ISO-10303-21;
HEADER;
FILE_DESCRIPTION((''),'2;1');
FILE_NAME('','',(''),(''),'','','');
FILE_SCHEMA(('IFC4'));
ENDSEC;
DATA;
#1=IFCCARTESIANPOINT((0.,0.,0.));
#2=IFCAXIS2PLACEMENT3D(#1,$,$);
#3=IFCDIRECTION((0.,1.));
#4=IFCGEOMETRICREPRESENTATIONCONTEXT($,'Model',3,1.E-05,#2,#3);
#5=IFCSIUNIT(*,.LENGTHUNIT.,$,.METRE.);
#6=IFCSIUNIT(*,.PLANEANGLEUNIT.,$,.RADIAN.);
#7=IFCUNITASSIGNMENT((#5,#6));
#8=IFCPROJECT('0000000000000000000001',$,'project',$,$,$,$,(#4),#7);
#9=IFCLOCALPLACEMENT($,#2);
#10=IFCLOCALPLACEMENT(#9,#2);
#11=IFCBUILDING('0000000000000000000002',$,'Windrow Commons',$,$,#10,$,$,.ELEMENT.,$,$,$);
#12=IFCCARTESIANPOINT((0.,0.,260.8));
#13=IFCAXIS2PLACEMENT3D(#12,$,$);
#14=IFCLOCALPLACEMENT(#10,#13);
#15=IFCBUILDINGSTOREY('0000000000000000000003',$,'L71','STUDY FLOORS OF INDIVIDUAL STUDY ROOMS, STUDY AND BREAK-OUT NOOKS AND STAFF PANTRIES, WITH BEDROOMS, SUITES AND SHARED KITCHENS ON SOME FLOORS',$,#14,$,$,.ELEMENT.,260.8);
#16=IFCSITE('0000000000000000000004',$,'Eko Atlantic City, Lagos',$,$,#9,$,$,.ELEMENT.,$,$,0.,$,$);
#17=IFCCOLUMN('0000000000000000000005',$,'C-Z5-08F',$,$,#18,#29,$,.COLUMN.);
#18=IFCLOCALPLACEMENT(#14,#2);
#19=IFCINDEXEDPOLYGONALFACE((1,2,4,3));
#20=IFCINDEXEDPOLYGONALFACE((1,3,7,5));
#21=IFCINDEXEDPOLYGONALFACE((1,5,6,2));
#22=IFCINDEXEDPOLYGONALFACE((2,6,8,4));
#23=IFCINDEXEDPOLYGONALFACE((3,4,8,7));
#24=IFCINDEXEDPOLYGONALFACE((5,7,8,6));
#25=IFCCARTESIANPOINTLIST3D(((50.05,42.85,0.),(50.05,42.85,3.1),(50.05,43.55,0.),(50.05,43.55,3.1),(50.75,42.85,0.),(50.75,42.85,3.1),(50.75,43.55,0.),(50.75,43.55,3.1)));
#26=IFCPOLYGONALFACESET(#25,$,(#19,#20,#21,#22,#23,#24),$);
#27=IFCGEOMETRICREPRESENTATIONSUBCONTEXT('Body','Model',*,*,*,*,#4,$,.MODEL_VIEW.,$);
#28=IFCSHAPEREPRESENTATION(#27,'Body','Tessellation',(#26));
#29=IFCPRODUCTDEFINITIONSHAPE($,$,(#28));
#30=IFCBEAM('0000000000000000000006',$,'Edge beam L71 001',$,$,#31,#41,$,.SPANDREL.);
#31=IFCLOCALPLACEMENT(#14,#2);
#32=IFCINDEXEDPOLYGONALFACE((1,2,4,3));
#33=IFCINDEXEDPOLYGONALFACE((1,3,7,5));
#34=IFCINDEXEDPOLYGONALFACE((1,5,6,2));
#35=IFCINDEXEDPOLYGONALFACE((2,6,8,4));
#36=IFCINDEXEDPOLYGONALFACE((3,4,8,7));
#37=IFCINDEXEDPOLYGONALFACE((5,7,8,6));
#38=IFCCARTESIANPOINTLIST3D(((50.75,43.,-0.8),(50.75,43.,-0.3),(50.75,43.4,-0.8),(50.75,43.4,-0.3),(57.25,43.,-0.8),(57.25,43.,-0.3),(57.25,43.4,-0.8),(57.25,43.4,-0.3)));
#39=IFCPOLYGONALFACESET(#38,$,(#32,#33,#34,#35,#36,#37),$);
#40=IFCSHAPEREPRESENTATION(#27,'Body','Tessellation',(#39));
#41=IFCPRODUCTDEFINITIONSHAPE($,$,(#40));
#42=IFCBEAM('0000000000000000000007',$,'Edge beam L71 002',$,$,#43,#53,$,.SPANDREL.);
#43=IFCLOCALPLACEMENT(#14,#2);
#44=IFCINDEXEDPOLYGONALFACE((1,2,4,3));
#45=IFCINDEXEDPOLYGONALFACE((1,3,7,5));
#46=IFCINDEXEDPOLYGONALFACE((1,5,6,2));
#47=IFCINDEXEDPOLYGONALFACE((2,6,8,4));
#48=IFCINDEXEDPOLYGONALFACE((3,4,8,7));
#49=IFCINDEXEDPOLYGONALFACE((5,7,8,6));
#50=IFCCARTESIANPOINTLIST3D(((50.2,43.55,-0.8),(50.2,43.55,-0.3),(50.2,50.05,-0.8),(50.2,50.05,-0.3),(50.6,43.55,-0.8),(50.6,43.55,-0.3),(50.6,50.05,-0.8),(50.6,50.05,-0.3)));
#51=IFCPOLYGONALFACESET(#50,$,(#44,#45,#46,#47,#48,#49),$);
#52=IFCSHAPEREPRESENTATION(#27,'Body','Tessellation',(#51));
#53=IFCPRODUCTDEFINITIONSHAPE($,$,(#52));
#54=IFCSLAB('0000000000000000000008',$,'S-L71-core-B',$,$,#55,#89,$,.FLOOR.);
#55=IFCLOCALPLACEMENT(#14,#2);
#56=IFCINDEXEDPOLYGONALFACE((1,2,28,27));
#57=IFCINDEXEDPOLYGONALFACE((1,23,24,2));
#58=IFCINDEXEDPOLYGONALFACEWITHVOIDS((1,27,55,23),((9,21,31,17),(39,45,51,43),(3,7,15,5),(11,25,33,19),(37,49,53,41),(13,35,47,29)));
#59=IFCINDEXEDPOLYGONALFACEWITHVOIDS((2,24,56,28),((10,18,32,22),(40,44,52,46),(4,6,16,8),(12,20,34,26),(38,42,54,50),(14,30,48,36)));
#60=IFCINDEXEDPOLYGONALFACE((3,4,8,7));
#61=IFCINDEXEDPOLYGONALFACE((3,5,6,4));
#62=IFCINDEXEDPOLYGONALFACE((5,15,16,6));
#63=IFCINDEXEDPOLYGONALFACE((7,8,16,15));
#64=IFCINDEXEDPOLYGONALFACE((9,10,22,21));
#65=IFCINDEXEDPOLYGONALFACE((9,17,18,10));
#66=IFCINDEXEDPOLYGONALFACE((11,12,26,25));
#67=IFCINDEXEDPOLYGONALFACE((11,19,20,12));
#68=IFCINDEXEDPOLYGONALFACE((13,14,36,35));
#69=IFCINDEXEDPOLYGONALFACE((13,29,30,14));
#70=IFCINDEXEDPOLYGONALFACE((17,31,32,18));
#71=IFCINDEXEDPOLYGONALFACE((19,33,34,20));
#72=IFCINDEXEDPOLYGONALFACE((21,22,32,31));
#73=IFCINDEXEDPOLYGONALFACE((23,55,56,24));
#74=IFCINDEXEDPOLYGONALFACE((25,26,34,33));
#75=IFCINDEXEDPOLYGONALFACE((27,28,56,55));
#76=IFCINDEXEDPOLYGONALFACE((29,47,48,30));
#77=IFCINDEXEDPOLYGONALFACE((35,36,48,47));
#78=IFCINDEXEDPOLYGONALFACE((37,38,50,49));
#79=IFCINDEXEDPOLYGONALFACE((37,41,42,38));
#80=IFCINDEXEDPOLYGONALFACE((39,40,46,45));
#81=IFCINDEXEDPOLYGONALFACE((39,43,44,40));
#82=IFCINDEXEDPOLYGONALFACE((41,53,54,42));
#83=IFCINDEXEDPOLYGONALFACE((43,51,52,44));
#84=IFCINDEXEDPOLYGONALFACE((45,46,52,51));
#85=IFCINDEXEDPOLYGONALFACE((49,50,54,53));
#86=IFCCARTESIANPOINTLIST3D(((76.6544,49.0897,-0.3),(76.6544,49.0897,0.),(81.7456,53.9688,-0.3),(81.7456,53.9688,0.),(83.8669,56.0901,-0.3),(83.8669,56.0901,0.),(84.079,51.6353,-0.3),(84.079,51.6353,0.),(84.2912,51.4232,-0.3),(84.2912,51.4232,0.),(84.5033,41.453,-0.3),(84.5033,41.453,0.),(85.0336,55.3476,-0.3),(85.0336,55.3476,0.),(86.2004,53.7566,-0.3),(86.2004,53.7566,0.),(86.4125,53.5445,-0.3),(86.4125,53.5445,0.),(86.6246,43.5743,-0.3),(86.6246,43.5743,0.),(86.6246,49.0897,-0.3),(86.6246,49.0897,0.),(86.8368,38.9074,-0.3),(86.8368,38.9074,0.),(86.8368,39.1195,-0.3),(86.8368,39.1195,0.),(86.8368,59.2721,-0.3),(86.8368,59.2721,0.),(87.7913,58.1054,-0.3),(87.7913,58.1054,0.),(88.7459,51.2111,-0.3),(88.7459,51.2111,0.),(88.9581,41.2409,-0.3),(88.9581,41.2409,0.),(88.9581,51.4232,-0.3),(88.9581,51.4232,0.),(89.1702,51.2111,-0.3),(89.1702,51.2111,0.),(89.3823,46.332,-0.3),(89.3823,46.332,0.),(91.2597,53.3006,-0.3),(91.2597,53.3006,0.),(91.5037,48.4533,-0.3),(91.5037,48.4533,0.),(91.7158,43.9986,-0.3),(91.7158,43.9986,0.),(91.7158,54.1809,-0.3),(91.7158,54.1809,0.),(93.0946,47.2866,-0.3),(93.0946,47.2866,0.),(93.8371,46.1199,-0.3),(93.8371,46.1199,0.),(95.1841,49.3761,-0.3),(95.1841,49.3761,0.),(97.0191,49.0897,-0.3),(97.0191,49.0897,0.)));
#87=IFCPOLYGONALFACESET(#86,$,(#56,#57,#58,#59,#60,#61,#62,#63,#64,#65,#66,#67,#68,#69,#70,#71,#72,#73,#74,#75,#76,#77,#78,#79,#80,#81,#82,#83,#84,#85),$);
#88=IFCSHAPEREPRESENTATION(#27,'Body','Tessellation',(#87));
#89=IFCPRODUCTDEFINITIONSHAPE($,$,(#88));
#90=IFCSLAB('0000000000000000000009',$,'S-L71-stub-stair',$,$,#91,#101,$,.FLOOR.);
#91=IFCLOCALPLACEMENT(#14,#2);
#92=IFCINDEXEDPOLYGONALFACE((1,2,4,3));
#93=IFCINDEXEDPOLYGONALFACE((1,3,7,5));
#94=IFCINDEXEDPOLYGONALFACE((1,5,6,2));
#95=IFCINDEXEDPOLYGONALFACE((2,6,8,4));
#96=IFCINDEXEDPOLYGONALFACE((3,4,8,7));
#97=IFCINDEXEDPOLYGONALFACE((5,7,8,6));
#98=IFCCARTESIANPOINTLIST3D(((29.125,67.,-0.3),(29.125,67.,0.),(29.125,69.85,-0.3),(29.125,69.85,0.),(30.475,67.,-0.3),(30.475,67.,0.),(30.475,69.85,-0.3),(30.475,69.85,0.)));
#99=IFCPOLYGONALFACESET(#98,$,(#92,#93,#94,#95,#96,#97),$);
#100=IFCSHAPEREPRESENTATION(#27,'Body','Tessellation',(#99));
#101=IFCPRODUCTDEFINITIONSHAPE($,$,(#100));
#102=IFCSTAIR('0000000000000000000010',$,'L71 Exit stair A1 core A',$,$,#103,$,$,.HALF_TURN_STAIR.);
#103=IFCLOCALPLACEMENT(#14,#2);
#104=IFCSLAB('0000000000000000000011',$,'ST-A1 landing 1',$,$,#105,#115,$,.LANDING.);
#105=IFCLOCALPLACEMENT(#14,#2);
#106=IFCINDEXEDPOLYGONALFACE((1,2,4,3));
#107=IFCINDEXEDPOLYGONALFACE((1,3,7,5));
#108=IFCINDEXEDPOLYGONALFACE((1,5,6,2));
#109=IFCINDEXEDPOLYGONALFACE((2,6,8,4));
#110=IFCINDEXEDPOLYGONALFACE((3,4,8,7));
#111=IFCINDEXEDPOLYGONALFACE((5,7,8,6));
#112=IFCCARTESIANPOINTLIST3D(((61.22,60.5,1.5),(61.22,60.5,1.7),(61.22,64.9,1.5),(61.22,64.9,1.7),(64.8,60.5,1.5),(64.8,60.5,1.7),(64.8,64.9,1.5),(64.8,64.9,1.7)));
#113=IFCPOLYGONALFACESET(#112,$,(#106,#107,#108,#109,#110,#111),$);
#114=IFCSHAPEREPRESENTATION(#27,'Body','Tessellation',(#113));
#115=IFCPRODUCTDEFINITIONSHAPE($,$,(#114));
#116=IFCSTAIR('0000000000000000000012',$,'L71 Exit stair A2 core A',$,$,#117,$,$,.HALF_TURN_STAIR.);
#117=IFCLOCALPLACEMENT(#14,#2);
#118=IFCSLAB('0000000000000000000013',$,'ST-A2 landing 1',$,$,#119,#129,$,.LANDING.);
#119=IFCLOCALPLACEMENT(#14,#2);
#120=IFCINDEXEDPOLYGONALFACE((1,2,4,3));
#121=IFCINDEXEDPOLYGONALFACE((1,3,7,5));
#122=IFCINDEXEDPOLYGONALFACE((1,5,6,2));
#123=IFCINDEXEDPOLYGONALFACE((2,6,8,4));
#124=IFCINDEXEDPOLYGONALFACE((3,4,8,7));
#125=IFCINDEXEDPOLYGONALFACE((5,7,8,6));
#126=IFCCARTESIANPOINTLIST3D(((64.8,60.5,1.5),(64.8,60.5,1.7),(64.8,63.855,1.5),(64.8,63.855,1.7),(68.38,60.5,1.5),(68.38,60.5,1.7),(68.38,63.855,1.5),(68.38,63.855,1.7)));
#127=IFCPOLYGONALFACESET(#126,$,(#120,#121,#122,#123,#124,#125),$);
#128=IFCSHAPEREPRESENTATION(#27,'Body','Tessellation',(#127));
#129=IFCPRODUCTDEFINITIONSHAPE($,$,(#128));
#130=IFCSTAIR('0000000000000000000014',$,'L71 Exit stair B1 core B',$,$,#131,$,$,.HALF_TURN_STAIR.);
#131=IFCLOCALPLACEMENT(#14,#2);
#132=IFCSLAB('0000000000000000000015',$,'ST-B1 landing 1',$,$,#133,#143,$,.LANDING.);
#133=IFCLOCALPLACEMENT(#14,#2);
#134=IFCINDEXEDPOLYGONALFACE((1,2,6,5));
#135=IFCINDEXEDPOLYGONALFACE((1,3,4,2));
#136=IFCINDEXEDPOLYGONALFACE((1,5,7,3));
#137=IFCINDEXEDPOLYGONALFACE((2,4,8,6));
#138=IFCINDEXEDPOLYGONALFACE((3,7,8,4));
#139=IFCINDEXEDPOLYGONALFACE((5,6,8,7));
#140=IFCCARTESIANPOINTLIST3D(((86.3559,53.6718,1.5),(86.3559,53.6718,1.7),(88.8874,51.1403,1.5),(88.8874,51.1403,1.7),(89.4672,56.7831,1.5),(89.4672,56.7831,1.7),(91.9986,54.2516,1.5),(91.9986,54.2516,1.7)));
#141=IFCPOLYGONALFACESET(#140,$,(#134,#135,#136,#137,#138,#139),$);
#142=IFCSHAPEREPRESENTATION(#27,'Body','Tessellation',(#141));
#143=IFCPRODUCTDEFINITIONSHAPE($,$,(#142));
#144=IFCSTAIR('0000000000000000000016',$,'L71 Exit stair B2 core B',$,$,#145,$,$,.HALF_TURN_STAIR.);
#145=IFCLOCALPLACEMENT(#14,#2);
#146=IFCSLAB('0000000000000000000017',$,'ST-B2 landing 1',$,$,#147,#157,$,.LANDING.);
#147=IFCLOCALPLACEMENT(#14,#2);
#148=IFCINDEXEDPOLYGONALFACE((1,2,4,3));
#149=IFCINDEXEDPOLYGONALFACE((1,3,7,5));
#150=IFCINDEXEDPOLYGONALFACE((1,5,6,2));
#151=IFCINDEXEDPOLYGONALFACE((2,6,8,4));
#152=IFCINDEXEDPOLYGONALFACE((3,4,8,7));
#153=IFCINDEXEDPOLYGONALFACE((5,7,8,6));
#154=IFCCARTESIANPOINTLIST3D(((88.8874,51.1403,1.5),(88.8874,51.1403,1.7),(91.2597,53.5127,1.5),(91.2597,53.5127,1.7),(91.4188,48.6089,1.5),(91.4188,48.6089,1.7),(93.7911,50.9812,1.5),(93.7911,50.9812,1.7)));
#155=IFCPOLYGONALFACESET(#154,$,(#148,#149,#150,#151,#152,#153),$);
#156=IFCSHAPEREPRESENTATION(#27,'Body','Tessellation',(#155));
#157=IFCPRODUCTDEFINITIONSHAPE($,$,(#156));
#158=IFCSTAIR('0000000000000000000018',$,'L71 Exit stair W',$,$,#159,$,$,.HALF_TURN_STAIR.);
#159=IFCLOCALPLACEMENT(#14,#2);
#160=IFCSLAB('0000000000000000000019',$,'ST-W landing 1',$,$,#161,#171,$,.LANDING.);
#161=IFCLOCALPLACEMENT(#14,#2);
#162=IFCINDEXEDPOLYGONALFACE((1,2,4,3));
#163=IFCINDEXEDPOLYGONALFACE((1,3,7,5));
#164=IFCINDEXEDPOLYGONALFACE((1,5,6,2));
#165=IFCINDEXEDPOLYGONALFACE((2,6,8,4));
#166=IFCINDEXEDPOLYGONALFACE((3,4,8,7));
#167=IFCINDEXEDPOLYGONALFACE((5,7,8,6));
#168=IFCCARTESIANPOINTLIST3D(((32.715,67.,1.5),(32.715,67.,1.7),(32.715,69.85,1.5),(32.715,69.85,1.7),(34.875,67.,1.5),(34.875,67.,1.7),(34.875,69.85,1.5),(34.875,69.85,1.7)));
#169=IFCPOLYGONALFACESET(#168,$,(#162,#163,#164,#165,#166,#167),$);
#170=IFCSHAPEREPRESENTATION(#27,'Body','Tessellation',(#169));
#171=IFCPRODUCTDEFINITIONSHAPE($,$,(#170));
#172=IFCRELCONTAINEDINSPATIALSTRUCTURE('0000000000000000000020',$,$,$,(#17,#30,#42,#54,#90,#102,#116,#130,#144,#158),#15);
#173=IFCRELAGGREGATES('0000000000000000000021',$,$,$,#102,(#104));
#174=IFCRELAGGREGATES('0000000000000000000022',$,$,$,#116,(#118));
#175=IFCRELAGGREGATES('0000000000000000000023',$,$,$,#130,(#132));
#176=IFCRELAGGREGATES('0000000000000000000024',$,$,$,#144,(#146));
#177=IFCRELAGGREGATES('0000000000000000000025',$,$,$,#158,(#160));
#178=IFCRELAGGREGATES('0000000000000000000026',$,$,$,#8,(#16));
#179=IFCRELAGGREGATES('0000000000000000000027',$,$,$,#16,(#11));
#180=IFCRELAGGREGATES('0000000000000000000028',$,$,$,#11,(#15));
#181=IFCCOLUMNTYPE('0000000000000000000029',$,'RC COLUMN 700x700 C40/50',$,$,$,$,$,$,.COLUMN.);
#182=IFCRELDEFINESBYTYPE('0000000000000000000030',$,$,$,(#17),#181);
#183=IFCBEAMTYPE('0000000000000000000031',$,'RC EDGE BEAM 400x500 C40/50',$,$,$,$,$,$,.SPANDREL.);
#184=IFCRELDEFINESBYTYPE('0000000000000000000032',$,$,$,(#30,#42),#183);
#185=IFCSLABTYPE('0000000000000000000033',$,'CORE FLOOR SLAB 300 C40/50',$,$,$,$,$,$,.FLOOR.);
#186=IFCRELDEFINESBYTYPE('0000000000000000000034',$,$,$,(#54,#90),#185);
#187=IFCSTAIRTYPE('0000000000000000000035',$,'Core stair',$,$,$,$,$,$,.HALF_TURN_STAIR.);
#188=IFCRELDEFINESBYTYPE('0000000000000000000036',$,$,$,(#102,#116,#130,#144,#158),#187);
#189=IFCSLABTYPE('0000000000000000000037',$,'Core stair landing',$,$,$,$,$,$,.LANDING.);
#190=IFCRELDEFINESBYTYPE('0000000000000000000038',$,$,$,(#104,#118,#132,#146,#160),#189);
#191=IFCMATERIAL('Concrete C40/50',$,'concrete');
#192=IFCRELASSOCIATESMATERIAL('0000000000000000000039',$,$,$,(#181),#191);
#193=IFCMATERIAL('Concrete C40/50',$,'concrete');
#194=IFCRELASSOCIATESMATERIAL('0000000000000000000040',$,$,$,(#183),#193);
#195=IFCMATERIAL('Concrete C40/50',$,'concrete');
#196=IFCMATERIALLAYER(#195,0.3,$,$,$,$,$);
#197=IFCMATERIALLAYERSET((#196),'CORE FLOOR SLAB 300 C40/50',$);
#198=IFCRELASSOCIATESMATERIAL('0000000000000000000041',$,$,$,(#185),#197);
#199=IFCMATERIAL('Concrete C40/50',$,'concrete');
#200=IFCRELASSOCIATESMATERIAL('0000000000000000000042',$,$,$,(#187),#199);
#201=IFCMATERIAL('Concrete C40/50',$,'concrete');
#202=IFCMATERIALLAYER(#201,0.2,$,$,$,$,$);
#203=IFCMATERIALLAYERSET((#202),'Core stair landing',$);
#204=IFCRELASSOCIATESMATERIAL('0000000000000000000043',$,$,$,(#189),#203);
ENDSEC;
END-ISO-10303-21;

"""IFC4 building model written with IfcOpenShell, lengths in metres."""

from ifc_helpers import new_model, si_unit, direction, frame, origin, origin_2d, place, context, subcontext, project, spatial, polyline, rectangle, outline, extrude, material, layer, layer_set, material_profile, profile_set, type_object, element, aggregate, save


model = new_model("IFC4")

# Units and contexts
model_context = context("Model", 3, precision=1e-05, world=origin(), true_north=direction((0.0, 1.0)))
body_context = subcontext(model_context, "Body", "Model", "MODEL_VIEW")
ifc_project = project(units=[si_unit("LENGTHUNIT", "METRE"), si_unit("PLANEANGLEUNIT", "RADIAN")], contexts=[model_context])

# Site, building, storey
site_placement = place(None, origin())
site = spatial("IfcSite", under=ifc_project, at=site_placement, Name="Eko Atlantic City, Lagos", CompositionType="ELEMENT", RefElevation=0.0)
building_placement = place(site_placement, origin())
building = spatial("IfcBuilding", under=site, at=building_placement, Name="Windrow Commons", CompositionType="ELEMENT")
storey_placement = place(building_placement, frame((0.0, 0.0, 260.8)))
storey = spatial("IfcBuildingStorey", under=building, at=storey_placement, Name="L71", Description="STUDY FLOORS OF INDIVIDUAL STUDY ROOMS, STUDY AND BREAK-OUT NOOKS AND STAFF PANTRIES, WITH BEDROOMS, SUITES AND SHARED KITCHENS ON SOME FLOORS", CompositionType="ELEMENT", Elevation=260.8)

# Column
ifc_material_1 = material(Name="Concrete C40/50", Category="concrete")
ifc_material_profile_1 = material_profile(ifc_material_1, rectangle(XDim=0.7, YDim=0.7, at=origin_2d()))
ifc_profile_set_1 = profile_set([ifc_material_profile_1], Name="Concrete C40/50")
column_type = type_object("IfcColumnType", Name="RC COLUMN 700x700 C40/50", PredefinedType="COLUMN", material=ifc_profile_set_1)
column_placement = place(storey_placement, frame((50.4, 43.2, 0.0), z_axis=(0.0, 0.0, 1.0), x_axis=(1.0, 0.0, 0.0)))
element("IfcColumn", 1, at=column_placement, inside=storey, type_object=column_type, Name="C-Z5-08F", PredefinedType="COLUMN", context=body_context, shape_type="SweptSolid", body=[
    extrude(rectangle(XDim=0.7, YDim=0.7, at=origin_2d()), origin(), (0.0, 0.0, 1.0), 3.1),
])

# Beams
ifc_material_2 = material(Name="Concrete C40/50", Category="concrete")
ifc_material_profile_2 = material_profile(ifc_material_2, rectangle(XDim=0.4, YDim=0.5, at=origin_2d()))
ifc_profile_set_2 = profile_set([ifc_material_profile_2], Name="Concrete C40/50")
beam_type = type_object("IfcBeamType", Name="RC EDGE BEAM 400x500 C40/50", PredefinedType="SPANDREL", material=ifc_profile_set_2)
for number, where, z_axis, x_axis, name in (
    (2, (57.25, 43.2, -0.55), (-1.0, 0.0, 0.0), (0.0, -1.0, 0.0), "Edge beam L71 001"),
    (3, (50.4, 43.55, -0.55), (0.0, 1.0, 0.0), (-1.0, 0.0, 0.0), "Edge beam L71 002"),
):
    element("IfcBeam", number, at=place(storey_placement, frame(where, z_axis=z_axis, x_axis=x_axis)), inside=storey, type_object=beam_type, Name=name, PredefinedType="SPANDREL", context=body_context, shape_type="SweptSolid", body=[
        extrude(rectangle(XDim=0.4, YDim=0.5, at=origin_2d()), origin(), (0.0, 0.0, 1.0), 6.5),
    ])

# Slab, openings
ifc_material_3 = material(Name="Concrete C40/50", Category="concrete")
ifc_layer_1 = layer(ifc_material_3, 0.3)
ifc_layer_set_1 = layer_set([ifc_layer_1], Name="CORE FLOOR SLAB 300 C40/50")
slab_type_1 = type_object("IfcSlabType", Name="CORE FLOOR SLAB 300 C40/50", PredefinedType="FLOOR", material=ifc_layer_set_1)
placement_1 = place(storey_placement, frame((0.0, 0.0, -0.3)))
slab_1 = element("IfcSlab", 4, at=placement_1, inside=storey, type_object=slab_type_1, Name="S-L71-core-B", PredefinedType="FLOOR", context=body_context, shape_type="SweptSolid", body=[
    extrude(outline(polyline([(76.6544, 49.0897), (86.8368, 38.9074), (97.0191, 49.0897), (86.8368, 59.2721), (76.6544, 49.0897)]), holes=[polyline([(84.5033, 41.453), (86.8368, 39.1195), (88.9581, 41.2409), (86.6246, 43.5743), (84.5033, 41.453)]), polyline([(81.7456, 53.9688), (84.079, 51.6353), (86.2004, 53.7566), (83.8669, 56.0901), (81.7456, 53.9688)]), polyline([(84.2912, 51.4232), (86.6246, 49.0897), (88.7459, 51.2111), (86.4125, 53.5445), (84.2912, 51.4232)]), polyline([(89.3823, 46.332), (91.7158, 43.9986), (93.8371, 46.1199), (91.5037, 48.4533), (89.3823, 46.332)]), polyline([(85.0336, 55.3476), (88.9581, 51.4232), (91.7158, 54.1809), (87.7913, 58.1054), (85.0336, 55.3476)]), polyline([(89.1702, 51.2111), (93.0946, 47.2866), (95.1841, 49.3761), (91.2597, 53.3006), (89.1702, 51.2111)])]), origin(), (0.0, 0.0, 1.0), 0.3),
])
opening_1_placement = place(placement_1, origin())
element("IfcOpeningElement", 5, at=opening_1_placement, cuts=slab_1, PredefinedType="OPENING", context=body_context, shape_type="SweptSolid", body=[
    extrude(outline(polyline([(84.5104, 41.453), (86.6246, 43.5672), (88.951, 41.2409), (86.8368, 39.1266), (84.5104, 41.453)])), origin(), (0.0, 0.0, 1.0), 0.3),
])
opening_2_placement = place(placement_1, origin())
element("IfcOpeningElement", 6, at=opening_2_placement, cuts=slab_1, PredefinedType="OPENING", context=body_context, shape_type="SweptSolid", body=[
    extrude(outline(polyline([(81.7527, 53.9688), (83.8669, 56.083), (86.1933, 53.7566), (84.079, 51.6424), (81.7527, 53.9688)])), origin(), (0.0, 0.0, 1.0), 0.3),
])
opening_3_placement = place(placement_1, origin())
element("IfcOpeningElement", 7, at=opening_3_placement, cuts=slab_1, PredefinedType="OPENING", context=body_context, shape_type="SweptSolid", body=[
    extrude(outline(polyline([(84.2983, 51.4232), (86.4125, 53.5374), (88.7388, 51.2111), (86.6246, 49.0968), (84.2983, 51.4232)])), origin(), (0.0, 0.0, 1.0), 0.3),
])
opening_4_placement = place(placement_1, origin())
element("IfcOpeningElement", 8, at=opening_4_placement, cuts=slab_1, PredefinedType="OPENING", context=body_context, shape_type="SweptSolid", body=[
    extrude(outline(polyline([(89.3894, 46.332), (91.5037, 48.4462), (93.83, 46.1199), (91.7158, 44.0057), (89.3894, 46.332)])), origin(), (0.0, 0.0, 1.0), 0.3),
])
opening_5_placement = place(placement_1, origin())
element("IfcOpeningElement", 9, at=opening_5_placement, cuts=slab_1, PredefinedType="OPENING", context=body_context, shape_type="SweptSolid", body=[
    extrude(outline(polyline([(85.0407, 55.3476), (87.7913, 58.0983), (91.7087, 54.1809), (88.9581, 51.4303), (85.0407, 55.3476)])), origin(), (0.0, 0.0, 1.0), 0.3),
])
opening_6_placement = place(placement_1, origin())
element("IfcOpeningElement", 10, at=opening_6_placement, cuts=slab_1, PredefinedType="OPENING", context=body_context, shape_type="SweptSolid", body=[
    extrude(outline(polyline([(89.1773, 51.2111), (91.2597, 53.2935), (95.177, 49.3761), (93.0946, 47.2937), (89.1773, 51.2111)])), origin(), (0.0, 0.0, 1.0), 0.3),
])

# Slab
element("IfcSlab", 11, at=placement_1, inside=storey, type_object=slab_type_1, Name="S-L71-stub-stair", PredefinedType="FLOOR", context=body_context, shape_type="SweptSolid", body=[
    extrude(outline(polyline([(29.125, 67.0), (30.475, 67.0), (30.475, 69.85), (29.125, 69.85), (29.125, 67.0)])), origin(), (0.0, 0.0, 1.0), 0.3),
])

# Stairs, slabs
ifc_material_4 = material(Name="Concrete C40/50", Category="concrete")
stair_type = type_object("IfcStairType", Name="Core stair", PredefinedType="HALF_TURN_STAIR", material=ifc_material_4)
placement_2 = place(storey_placement, origin())
stair_1 = element("IfcStair", 12, at=placement_2, inside=storey, type_object=stair_type, Name="L71 Exit stair A1 core A", PredefinedType="HALF_TURN_STAIR")
ifc_material_5 = material(Name="Concrete C40/50", Category="concrete")
ifc_layer_2 = layer(ifc_material_5, 0.2)
ifc_layer_set_2 = layer_set([ifc_layer_2], Name="Core stair landing")
slab_type_2 = type_object("IfcSlabType", Name="Core stair landing", PredefinedType="LANDING", material=ifc_layer_set_2)
placement_3 = place(storey_placement, frame((0.0, 0.0, 1.5)))
slab_2 = element("IfcSlab", 13, at=placement_3, type_object=slab_type_2, Name="ST-A1 landing 1", PredefinedType="LANDING", context=body_context, shape_type="SweptSolid", body=[
    extrude(outline(polyline([(61.22, 60.5), (64.8, 60.5), (64.8, 64.9), (61.22, 64.9), (61.22, 60.5)])), origin(), (0.0, 0.0, 1.0), 0.2),
])
aggregate(stair_1, [slab_2])
stair_2 = element("IfcStair", 14, at=placement_2, inside=storey, type_object=stair_type, Name="L71 Exit stair A2 core A", PredefinedType="HALF_TURN_STAIR")
slab_3 = element("IfcSlab", 15, at=placement_3, type_object=slab_type_2, Name="ST-A2 landing 1", PredefinedType="LANDING", context=body_context, shape_type="SweptSolid", body=[
    extrude(outline(polyline([(64.8, 60.5), (68.38, 60.5), (68.38, 63.855), (64.8, 63.855), (64.8, 60.5)])), origin(), (0.0, 0.0, 1.0), 0.2),
])
aggregate(stair_2, [slab_3])
stair_3 = element("IfcStair", 16, at=placement_2, inside=storey, type_object=stair_type, Name="L71 Exit stair B1 core B", PredefinedType="HALF_TURN_STAIR")
slab_4 = element("IfcSlab", 17, at=placement_3, type_object=slab_type_2, Name="ST-B1 landing 1", PredefinedType="LANDING", context=body_context, shape_type="SweptSolid", body=[
    extrude(outline(polyline([(86.3559, 53.6718), (88.8874, 51.1403), (91.9986, 54.2516), (89.4672, 56.7831), (86.3559, 53.6718)])), origin(), (0.0, 0.0, 1.0), 0.2),
])
aggregate(stair_3, [slab_4])
stair_4 = element("IfcStair", 18, at=placement_2, inside=storey, type_object=stair_type, Name="L71 Exit stair B2 core B", PredefinedType="HALF_TURN_STAIR")
slab_5 = element("IfcSlab", 19, at=placement_3, type_object=slab_type_2, Name="ST-B2 landing 1", PredefinedType="LANDING", context=body_context, shape_type="SweptSolid", body=[
    extrude(outline(polyline([(88.8874, 51.1403), (91.4188, 48.6089), (93.7911, 50.9812), (91.2597, 53.5127), (88.8874, 51.1403)])), origin(), (0.0, 0.0, 1.0), 0.2),
])
aggregate(stair_4, [slab_5])
stair_5 = element("IfcStair", 20, at=placement_2, inside=storey, type_object=stair_type, Name="L71 Exit stair W", PredefinedType="HALF_TURN_STAIR")
slab_6 = element("IfcSlab", 21, at=placement_3, type_object=slab_type_2, Name="ST-W landing 1", PredefinedType="LANDING", context=body_context, shape_type="SweptSolid", body=[
    extrude(outline(polyline([(32.715, 67.0), (34.875, 67.0), (34.875, 69.85), (32.715, 69.85), (32.715, 67.0)])), origin(), (0.0, 0.0, 1.0), 0.2),
])
aggregate(stair_5, [slab_6])

save(model, "model.ifc")
